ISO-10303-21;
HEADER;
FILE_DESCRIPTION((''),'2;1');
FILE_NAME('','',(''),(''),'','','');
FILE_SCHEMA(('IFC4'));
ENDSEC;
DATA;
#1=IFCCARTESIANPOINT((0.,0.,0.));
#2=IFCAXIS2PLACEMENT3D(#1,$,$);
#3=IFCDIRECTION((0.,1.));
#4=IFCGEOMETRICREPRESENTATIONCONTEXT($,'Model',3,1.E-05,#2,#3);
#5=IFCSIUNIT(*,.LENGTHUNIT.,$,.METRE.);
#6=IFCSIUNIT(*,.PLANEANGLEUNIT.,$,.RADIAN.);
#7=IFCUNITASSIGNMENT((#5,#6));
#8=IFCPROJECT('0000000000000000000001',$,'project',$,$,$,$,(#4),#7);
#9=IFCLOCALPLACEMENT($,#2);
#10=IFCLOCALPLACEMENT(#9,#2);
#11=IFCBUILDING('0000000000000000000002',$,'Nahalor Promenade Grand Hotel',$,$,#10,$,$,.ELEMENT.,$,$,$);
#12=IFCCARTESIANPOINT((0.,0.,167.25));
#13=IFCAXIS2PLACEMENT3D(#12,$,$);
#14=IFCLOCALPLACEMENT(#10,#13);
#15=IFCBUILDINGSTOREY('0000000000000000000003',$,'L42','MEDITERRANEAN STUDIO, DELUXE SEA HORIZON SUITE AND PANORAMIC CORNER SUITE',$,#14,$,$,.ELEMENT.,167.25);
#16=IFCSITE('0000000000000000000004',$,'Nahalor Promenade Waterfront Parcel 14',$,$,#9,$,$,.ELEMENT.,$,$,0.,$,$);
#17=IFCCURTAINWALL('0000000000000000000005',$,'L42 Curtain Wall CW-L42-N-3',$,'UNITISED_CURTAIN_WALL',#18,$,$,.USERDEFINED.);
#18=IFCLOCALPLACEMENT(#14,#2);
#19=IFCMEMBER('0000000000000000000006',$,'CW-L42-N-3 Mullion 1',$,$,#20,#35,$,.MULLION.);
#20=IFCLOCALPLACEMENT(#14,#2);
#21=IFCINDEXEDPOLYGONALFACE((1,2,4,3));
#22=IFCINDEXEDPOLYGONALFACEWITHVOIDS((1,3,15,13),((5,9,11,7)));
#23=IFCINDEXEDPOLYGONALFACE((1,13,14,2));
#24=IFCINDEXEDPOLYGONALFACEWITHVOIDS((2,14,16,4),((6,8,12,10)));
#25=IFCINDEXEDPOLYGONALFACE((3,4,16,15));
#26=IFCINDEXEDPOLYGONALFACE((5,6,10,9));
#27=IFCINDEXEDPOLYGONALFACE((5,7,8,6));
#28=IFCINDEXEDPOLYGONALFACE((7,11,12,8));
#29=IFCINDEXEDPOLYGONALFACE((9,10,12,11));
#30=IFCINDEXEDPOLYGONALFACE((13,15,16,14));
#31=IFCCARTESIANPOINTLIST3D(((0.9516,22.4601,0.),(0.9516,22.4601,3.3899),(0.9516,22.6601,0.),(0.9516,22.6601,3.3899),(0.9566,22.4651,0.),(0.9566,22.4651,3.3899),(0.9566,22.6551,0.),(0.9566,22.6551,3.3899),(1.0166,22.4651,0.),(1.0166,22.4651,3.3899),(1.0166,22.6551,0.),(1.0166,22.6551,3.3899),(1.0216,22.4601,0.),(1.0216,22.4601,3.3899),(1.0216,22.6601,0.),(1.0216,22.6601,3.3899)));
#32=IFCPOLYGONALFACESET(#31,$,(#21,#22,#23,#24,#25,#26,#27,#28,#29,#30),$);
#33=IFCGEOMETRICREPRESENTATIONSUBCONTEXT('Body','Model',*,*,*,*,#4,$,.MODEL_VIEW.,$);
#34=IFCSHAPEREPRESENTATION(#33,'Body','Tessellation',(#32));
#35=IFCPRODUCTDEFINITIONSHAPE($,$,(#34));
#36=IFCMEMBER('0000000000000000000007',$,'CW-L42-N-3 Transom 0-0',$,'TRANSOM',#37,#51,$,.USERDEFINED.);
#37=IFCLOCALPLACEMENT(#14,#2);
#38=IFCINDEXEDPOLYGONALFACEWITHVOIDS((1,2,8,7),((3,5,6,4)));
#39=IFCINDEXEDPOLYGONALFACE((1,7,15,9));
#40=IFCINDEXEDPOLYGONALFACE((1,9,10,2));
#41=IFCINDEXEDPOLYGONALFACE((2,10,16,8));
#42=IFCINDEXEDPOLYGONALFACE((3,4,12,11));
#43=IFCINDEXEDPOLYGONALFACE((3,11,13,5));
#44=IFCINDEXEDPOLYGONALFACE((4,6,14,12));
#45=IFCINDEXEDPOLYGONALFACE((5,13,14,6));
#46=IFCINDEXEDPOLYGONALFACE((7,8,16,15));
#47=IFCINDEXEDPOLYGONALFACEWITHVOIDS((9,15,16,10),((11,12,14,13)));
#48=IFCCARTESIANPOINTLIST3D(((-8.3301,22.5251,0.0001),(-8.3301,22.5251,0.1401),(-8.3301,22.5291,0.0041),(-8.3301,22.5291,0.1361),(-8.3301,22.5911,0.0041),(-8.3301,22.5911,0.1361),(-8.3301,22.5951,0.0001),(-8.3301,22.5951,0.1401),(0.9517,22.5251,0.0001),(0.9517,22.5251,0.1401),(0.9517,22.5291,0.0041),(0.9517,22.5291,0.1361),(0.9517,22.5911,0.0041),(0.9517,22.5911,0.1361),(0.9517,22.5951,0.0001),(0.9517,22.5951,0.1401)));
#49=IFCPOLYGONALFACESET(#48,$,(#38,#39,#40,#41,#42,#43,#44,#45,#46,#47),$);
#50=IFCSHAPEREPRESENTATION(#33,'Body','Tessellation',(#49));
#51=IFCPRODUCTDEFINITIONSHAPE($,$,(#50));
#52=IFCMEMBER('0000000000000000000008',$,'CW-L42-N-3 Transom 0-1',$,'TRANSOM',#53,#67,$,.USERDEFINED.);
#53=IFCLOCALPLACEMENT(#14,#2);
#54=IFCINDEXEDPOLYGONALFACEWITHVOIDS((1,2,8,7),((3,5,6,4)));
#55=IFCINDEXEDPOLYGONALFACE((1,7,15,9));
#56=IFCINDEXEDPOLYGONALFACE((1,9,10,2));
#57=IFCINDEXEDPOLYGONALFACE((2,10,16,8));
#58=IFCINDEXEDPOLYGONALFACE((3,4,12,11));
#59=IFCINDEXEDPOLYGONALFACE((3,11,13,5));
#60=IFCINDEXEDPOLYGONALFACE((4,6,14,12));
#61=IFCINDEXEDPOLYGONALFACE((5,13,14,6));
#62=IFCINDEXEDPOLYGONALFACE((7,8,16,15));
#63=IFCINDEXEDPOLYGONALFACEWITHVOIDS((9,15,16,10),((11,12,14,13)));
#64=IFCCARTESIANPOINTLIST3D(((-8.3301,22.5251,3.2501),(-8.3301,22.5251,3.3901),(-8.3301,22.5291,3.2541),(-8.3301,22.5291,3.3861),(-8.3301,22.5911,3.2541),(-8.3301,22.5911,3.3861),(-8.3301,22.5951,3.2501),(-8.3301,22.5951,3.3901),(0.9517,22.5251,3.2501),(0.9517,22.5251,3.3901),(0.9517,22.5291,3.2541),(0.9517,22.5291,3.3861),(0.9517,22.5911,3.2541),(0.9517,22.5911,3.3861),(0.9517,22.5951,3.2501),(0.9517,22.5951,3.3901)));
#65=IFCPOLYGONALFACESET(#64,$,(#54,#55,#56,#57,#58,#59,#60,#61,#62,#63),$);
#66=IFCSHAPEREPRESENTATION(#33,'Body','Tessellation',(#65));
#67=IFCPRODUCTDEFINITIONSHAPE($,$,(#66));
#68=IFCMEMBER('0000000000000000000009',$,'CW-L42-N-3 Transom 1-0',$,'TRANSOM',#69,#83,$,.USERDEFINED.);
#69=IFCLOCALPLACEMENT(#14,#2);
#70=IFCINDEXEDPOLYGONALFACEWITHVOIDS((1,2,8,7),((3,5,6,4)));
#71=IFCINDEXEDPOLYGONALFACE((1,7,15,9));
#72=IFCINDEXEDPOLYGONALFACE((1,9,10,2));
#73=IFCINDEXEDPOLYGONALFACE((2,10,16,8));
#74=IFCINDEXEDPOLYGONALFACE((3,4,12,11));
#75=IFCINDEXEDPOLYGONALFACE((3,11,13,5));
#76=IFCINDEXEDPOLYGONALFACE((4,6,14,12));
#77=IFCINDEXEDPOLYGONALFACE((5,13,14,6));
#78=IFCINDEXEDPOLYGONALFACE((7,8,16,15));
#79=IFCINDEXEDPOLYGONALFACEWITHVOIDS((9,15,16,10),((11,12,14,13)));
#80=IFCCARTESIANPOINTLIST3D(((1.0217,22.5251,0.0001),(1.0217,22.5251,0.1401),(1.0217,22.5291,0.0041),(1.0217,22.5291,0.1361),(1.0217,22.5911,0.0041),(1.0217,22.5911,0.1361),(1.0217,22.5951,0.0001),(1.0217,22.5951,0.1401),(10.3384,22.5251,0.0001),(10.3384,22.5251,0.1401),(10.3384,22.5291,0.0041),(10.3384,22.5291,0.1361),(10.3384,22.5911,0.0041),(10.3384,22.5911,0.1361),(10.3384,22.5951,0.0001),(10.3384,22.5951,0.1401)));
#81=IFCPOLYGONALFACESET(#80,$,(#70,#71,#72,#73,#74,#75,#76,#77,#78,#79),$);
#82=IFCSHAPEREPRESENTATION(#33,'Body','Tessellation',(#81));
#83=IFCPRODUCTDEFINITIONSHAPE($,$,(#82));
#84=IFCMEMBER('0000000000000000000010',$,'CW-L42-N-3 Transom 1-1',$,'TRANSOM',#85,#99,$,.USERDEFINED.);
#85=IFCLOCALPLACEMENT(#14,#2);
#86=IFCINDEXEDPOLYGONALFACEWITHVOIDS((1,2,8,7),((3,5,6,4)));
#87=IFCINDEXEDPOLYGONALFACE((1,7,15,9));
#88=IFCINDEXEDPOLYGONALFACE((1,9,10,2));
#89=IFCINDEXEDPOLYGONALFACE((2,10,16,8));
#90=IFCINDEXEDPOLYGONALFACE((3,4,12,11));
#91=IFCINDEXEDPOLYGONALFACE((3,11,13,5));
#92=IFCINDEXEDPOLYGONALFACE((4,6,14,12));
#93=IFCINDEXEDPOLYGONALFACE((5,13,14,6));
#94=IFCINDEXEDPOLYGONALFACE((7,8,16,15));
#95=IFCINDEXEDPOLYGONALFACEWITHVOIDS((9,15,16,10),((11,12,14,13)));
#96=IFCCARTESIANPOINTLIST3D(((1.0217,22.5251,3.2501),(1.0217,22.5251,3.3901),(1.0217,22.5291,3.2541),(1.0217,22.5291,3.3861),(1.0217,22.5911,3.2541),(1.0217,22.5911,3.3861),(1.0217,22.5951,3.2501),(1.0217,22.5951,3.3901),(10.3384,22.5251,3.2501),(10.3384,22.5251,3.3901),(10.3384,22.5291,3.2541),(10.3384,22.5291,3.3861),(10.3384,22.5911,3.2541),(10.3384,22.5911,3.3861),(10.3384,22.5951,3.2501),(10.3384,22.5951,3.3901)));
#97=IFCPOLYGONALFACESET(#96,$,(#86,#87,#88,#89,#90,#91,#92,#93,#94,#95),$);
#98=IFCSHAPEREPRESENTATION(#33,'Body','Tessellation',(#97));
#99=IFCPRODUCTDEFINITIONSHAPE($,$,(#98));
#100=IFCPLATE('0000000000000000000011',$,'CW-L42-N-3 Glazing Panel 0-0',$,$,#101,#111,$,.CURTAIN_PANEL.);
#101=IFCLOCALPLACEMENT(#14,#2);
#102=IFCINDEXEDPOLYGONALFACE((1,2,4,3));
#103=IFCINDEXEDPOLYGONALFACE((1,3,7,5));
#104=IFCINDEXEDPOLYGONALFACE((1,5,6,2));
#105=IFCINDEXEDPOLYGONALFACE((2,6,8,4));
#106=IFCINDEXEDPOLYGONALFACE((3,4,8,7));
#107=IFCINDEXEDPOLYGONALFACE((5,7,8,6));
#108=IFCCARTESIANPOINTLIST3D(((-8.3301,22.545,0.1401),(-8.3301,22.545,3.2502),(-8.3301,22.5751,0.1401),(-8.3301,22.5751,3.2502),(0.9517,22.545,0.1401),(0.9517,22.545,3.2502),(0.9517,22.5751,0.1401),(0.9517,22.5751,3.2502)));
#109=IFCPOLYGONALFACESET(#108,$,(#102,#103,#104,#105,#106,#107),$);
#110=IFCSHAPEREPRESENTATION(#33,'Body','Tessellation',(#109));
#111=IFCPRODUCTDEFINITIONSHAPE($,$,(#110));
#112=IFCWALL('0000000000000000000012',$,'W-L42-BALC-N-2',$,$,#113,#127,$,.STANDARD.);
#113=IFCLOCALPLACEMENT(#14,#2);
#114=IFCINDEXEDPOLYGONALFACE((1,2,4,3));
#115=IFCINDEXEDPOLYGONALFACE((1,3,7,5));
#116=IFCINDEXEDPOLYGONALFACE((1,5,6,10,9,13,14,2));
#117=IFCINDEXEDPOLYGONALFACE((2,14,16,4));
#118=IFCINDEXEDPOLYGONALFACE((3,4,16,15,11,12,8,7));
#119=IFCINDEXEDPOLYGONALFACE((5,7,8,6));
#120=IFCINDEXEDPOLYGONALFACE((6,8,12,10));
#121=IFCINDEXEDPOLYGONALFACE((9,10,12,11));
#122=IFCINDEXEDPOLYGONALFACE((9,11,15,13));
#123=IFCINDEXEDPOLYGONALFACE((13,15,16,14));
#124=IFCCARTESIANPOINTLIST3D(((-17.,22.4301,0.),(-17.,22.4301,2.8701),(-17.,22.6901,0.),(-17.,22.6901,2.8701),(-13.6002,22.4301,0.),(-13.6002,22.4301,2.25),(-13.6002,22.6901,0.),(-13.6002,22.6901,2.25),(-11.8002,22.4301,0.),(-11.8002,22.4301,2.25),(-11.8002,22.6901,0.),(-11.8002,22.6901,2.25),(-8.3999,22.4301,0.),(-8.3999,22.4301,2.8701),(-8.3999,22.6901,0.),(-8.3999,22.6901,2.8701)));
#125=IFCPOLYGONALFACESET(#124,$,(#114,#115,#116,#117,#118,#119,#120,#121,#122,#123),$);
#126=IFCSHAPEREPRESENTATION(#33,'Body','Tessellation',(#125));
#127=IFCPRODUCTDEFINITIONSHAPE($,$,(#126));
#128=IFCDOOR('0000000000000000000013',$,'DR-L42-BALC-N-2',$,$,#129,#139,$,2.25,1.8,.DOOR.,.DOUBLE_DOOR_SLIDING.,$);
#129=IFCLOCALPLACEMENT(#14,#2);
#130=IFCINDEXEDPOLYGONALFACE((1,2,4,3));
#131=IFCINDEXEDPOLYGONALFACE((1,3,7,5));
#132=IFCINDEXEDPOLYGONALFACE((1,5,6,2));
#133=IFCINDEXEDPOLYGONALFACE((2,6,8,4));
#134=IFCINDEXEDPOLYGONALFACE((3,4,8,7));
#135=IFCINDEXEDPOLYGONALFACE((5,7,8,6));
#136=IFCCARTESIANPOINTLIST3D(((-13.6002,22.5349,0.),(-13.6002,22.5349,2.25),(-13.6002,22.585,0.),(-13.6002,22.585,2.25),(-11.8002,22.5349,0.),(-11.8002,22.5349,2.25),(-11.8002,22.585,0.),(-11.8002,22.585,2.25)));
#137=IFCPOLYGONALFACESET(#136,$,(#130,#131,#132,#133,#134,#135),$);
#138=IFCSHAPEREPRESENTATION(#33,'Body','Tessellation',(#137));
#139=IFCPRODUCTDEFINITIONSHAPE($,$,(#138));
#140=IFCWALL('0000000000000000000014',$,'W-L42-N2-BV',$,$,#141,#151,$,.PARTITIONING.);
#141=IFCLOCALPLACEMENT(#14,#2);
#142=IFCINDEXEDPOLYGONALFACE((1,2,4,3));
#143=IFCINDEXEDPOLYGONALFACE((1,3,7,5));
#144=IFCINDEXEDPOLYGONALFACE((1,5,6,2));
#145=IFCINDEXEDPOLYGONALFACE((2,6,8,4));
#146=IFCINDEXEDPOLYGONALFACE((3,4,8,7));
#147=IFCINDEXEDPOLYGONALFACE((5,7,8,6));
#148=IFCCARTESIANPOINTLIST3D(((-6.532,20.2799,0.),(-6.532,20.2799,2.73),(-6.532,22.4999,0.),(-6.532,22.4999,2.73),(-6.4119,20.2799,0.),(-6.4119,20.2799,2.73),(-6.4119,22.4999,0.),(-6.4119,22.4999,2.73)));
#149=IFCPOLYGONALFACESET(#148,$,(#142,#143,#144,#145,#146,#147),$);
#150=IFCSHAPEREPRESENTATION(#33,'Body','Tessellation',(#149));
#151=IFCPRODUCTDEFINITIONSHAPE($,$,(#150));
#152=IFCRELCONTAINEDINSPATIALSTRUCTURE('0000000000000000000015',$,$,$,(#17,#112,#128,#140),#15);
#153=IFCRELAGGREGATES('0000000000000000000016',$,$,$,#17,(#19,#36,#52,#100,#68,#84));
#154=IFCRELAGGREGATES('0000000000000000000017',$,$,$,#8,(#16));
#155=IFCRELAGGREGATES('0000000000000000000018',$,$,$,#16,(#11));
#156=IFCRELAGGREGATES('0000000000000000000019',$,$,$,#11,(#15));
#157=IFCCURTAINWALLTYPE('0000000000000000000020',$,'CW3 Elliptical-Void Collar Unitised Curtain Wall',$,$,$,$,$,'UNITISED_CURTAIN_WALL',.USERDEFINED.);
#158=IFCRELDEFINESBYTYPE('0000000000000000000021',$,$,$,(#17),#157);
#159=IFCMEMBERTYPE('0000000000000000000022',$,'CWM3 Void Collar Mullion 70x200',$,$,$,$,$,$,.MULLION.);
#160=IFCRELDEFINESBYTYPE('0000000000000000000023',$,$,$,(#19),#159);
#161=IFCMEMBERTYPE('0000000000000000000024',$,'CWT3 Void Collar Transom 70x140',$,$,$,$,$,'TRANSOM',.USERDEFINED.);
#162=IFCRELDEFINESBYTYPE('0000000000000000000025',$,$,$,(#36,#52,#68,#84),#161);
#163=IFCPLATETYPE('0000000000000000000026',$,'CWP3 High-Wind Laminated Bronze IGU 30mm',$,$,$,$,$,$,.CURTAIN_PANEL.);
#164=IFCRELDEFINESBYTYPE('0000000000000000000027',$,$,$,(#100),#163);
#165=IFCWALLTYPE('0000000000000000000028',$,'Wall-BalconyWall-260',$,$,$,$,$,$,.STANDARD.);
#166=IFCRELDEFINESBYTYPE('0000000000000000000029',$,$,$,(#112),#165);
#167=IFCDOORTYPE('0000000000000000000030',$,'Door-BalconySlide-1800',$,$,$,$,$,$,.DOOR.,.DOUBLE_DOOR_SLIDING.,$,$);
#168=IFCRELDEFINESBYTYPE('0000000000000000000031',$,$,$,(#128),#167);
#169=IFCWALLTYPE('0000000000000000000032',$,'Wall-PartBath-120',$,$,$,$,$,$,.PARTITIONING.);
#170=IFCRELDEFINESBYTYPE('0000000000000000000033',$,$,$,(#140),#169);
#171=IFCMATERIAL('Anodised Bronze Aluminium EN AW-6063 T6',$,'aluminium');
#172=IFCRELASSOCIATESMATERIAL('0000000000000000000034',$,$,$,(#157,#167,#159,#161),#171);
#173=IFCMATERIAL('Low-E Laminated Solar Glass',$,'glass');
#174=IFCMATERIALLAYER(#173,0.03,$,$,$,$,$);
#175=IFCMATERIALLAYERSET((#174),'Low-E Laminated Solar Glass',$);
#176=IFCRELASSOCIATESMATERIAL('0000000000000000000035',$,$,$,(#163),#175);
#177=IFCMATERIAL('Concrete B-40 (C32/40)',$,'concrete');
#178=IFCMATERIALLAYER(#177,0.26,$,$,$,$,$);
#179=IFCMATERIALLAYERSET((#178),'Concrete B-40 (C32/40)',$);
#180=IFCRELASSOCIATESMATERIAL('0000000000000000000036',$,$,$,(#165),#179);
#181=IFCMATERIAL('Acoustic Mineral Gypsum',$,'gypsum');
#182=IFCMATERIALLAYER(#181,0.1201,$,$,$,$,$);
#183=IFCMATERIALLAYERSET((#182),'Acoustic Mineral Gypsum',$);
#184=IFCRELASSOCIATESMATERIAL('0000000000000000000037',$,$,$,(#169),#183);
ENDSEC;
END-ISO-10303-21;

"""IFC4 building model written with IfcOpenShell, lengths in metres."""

from ifc_helpers import new_model, si_unit, direction, frame, frame_2d, origin, origin_2d, place, context, subcontext, project, spatial, rectangle, hollow_rectangle, extrude, source, transform, mapped, material, layer, layer_set, material_profile, profile_set, type_object, element, fill, aggregate, save


model = new_model("IFC4")

# Units and contexts
model_context = context("Model", 3, precision=1e-05, world=origin(), true_north=direction((0.0, 1.0)))
body_context = subcontext(model_context, "Body", "Model", "MODEL_VIEW")
ifc_project = project(units=[si_unit("LENGTHUNIT", "METRE"), si_unit("PLANEANGLEUNIT", "RADIAN")], contexts=[model_context])

# Site, building, storey
site_placement = place(None, origin())
site = spatial("IfcSite", under=ifc_project, at=site_placement, Name="Nahalor Promenade Waterfront Parcel 14", CompositionType="ELEMENT", RefElevation=0.0)
building_placement = place(site_placement, origin())
building = spatial("IfcBuilding", under=site, at=building_placement, Name="Nahalor Promenade Grand Hotel", CompositionType="ELEMENT")
storey_placement = place(building_placement, frame((0.0, 0.0, 167.25)))
storey = spatial("IfcBuildingStorey", under=building, at=storey_placement, Name="L42", Description="MEDITERRANEAN STUDIO, DELUXE SEA HORIZON SUITE AND PANORAMIC CORNER SUITE", CompositionType="ELEMENT", Elevation=167.25)

# Curtain wall, members, plate
ifc_material_1 = material(Name="Anodised Bronze Aluminium EN AW-6063 T6", Category="aluminium")
curtain_wall_type = type_object("IfcCurtainWallType", Name="CW3 Elliptical-Void Collar Unitised Curtain Wall", ElementType="UNITISED_CURTAIN_WALL", PredefinedType="USERDEFINED", material=ifc_material_1)
curtain_wall_placement = place(storey_placement, origin())
curtain_wall = element("IfcCurtainWall", 1, at=curtain_wall_placement, inside=storey, type_object=curtain_wall_type, Name="L42 Curtain Wall CW-L42-N-3", ObjectType="UNITISED_CURTAIN_WALL", PredefinedType="USERDEFINED")
ifc_material_profile_1 = material_profile(ifc_material_1, hollow_rectangle(XDim=0.07, YDim=0.2, WallThickness=0.005, at=origin_2d()), Name="CWM 70x200x5")
ifc_profile_set_1 = profile_set([ifc_material_profile_1], Name="Anodised Bronze Aluminium EN AW-6063 T6")
member_type_1 = type_object("IfcMemberType", Name="CWM3 Void Collar Mullion 70x200", PredefinedType="MULLION", material=ifc_profile_set_1)
shared_shape_1 = source(origin(), body_context, "Body", "SweptSolid", [
    extrude(hollow_rectangle(XDim=0.07, YDim=0.2, WallThickness=0.005, at=origin_2d()), origin(), (0.0, 0.0, 1.0), 3.3899),
])
member_1_placement = place(storey_placement, frame((0.9866, 22.5601, 0.0), z_axis=(0.0, 0.0, 1.0), x_axis=(1.0, 0.0, 0.0)))
member_1 = element("IfcMember", 2, at=member_1_placement, type_object=member_type_1, Name="CW-L42-N-3 Mullion 1", PredefinedType="MULLION", context=body_context, shape_type="MappedRepresentation", body=[
    mapped(shared_shape_1, transform((0.0, 0.0, 0.0), scale=1.0)),
])
ifc_material_profile_2 = material_profile(ifc_material_1, hollow_rectangle(XDim=0.07, YDim=0.14, WallThickness=0.004, at=origin_2d()), Name="CWT 70x140x4")
ifc_profile_set_2 = profile_set([ifc_material_profile_2], Name="Anodised Bronze Aluminium EN AW-6063 T6")
member_type_2 = type_object("IfcMemberType", Name="CWT3 Void Collar Transom 70x140", ElementType="TRANSOM", PredefinedType="USERDEFINED", material=ifc_profile_set_2)
shared_shape_2 = source(origin(), body_context, "Body", "SweptSolid", [
    extrude(hollow_rectangle(XDim=0.07, YDim=0.14, WallThickness=0.004, at=origin_2d()), origin(), (0.0, 0.0, 1.0), 9.2817),
])
member_2_placement = place(storey_placement, frame((-8.3301, 22.5601, 0.0701), z_axis=(1.0, 0.0, 0.0), x_axis=(0.0, 1.0, 0.0)))
member_2 = element("IfcMember", 3, at=member_2_placement, type_object=member_type_2, Name="CW-L42-N-3 Transom 0-0", ObjectType="TRANSOM", PredefinedType="USERDEFINED", context=body_context, shape_type="MappedRepresentation", body=[
    mapped(shared_shape_2, transform((0.0, 0.0, 0.0), scale=1.0)),
])
member_3_placement = place(storey_placement, frame((-8.3301, 22.5601, 3.3201), z_axis=(1.0, 0.0, 0.0), x_axis=(0.0, 1.0, 0.0)))
member_3 = element("IfcMember", 4, at=member_3_placement, type_object=member_type_2, Name="CW-L42-N-3 Transom 0-1", ObjectType="TRANSOM", PredefinedType="USERDEFINED", context=body_context, shape_type="MappedRepresentation", body=[
    mapped(shared_shape_2, transform((0.0, 0.0, 0.0), scale=1.0)),
])
shared_shape_3 = source(origin(), body_context, "Body", "SweptSolid", [
    extrude(hollow_rectangle(XDim=0.07, YDim=0.14, WallThickness=0.004, at=origin_2d()), origin(), (0.0, 0.0, 1.0), 9.3167),
])
member_4_placement = place(storey_placement, frame((1.0217, 22.5601, 0.0701), z_axis=(1.0, 0.0, 0.0), x_axis=(0.0, 1.0, 0.0)))
member_4 = element("IfcMember", 5, at=member_4_placement, type_object=member_type_2, Name="CW-L42-N-3 Transom 1-0", ObjectType="TRANSOM", PredefinedType="USERDEFINED", context=body_context, shape_type="MappedRepresentation", body=[
    mapped(shared_shape_3, transform((0.0, 0.0, 0.0), scale=1.0)),
])
member_5_placement = place(storey_placement, frame((1.0217, 22.5601, 3.3201), z_axis=(1.0, 0.0, 0.0), x_axis=(0.0, 1.0, 0.0)))
member_5 = element("IfcMember", 6, at=member_5_placement, type_object=member_type_2, Name="CW-L42-N-3 Transom 1-1", ObjectType="TRANSOM", PredefinedType="USERDEFINED", context=body_context, shape_type="MappedRepresentation", body=[
    mapped(shared_shape_3, transform((0.0, 0.0, 0.0), scale=1.0)),
])
ifc_material_2 = material(Name="Low-E Laminated Solar Glass", Category="glass")
ifc_layer_1 = layer(ifc_material_2, 0.03)
ifc_layer_set_1 = layer_set([ifc_layer_1], Name="Low-E Laminated Solar Glass")
plate_type = type_object("IfcPlateType", Name="CWP3 High-Wind Laminated Bronze IGU 30mm", PredefinedType="CURTAIN_PANEL", material=ifc_layer_set_1)
shared_shape_4 = source(origin(), body_context, "Body", "SweptSolid", [
    extrude(rectangle(XDim=9.2817, YDim=0.03, at=origin_2d()), origin(), (0.0, 0.0, 1.0), 3.1101),
])
plate_placement = place(storey_placement, frame((-3.6892, 22.5601, 0.1401), z_axis=(0.0, 0.0, 1.0), x_axis=(1.0, 0.0, 0.0)))
plate = element("IfcPlate", 7, at=plate_placement, type_object=plate_type, Name="CW-L42-N-3 Glazing Panel 0-0", PredefinedType="CURTAIN_PANEL", context=body_context, shape_type="MappedRepresentation", body=[
    mapped(shared_shape_4, transform((0.0, 0.0, 0.0), scale=1.0)),
])
aggregate(curtain_wall, [member_1, member_2, member_3, plate, member_4, member_5])

# Wall, opening, door
ifc_material_3 = material(Name="Concrete B-40 (C32/40)", Category="concrete")
ifc_layer_2 = layer(ifc_material_3, 0.26)
ifc_layer_set_2 = layer_set([ifc_layer_2], Name="Concrete B-40 (C32/40)")
wall_type_1 = type_object("IfcWallType", Name="Wall-BalconyWall-260", PredefinedType="STANDARD", material=ifc_layer_set_2)
shared_shape_5 = source(origin(), body_context, "Body", "SweptSolid", [
    extrude(rectangle(XDim=8.6001, YDim=0.26, at=frame_2d((4.3, 0.0))), origin(), (0.0, 0.0, 1.0), 2.8701),
])
wall_1_placement = place(storey_placement, frame((-17.0, 22.5601, 0.0), z_axis=(0.0, 0.0, 1.0), x_axis=(1.0, 0.0, 0.0)))
wall_1 = element("IfcWall", 8, at=wall_1_placement, inside=storey, type_object=wall_type_1, Name="W-L42-BALC-N-2", PredefinedType="STANDARD", context=body_context, shape_type="MappedRepresentation", body=[
    mapped(shared_shape_5, transform((0.0, 0.0, 0.0), scale=1.0)),
])
opening_1_placement = place(wall_1_placement, frame((3.3999, 0.0, 0.0)))
opening_1 = element("IfcOpeningElement", 9, at=opening_1_placement, cuts=wall_1, PredefinedType="OPENING", context=body_context, shape_type="SweptSolid", body=[
    extrude(rectangle(XDim=1.8, YDim=2.25, at=frame_2d((0.8999, 1.125))), frame((0.0, 0.1399, 0.0), z_axis=(0.0, -1.0, 0.0), x_axis=(1.0, 0.0, 0.0)), (0.0, 0.0, 1.0), 0.28),
])
door_type_1 = type_object("IfcDoorType", Name="Door-BalconySlide-1800", OperationType="DOUBLE_DOOR_SLIDING", PredefinedType="DOOR", material=ifc_material_1)
shared_shape_6 = source(origin(), body_context, "Body", "SweptSolid", [
    extrude(rectangle(XDim=1.8, YDim=2.25, at=frame_2d((0.8999, 1.125))), frame((0.0, 0.0249, 0.0), z_axis=(0.0, -1.0, 0.0), x_axis=(1.0, 0.0, 0.0)), (0.0, 0.0, 1.0), 0.05),
])
door_1_placement = place(opening_1_placement, origin())
door_1 = element("IfcDoor", 10, at=door_1_placement, inside=storey, type_object=door_type_1, Name="DR-L42-BALC-N-2", OperationType="DOUBLE_DOOR_SLIDING", OverallHeight=2.25, OverallWidth=1.8, PredefinedType="DOOR", context=body_context, shape_type="MappedRepresentation", body=[
    mapped(shared_shape_6, transform((0.0, 0.0, 0.0), scale=1.0)),
])
fill(opening_1, door_1)

# Wall
ifc_material_4 = material(Name="Acoustic Mineral Gypsum", Category="gypsum")
ifc_layer_3 = layer(ifc_material_4, 0.1201)
ifc_layer_set_3 = layer_set([ifc_layer_3], Name="Acoustic Mineral Gypsum")
wall_type_2 = type_object("IfcWallType", Name="Wall-PartBath-120", PredefinedType="PARTITIONING", material=ifc_layer_set_3)
shared_shape_7 = source(origin(), body_context, "Body", "SweptSolid", [
    extrude(rectangle(XDim=2.22, YDim=0.1201, at=frame_2d((1.1099, 0.0))), origin(), (0.0, 0.0, 1.0), 2.73),
])
wall_2_placement = place(storey_placement, frame((-6.4719, 20.28, 0.0), z_axis=(0.0, 0.0, 1.0), x_axis=(0.0, 1.0, 0.0)))
element("IfcWall", 11, at=wall_2_placement, inside=storey, type_object=wall_type_2, Name="W-L42-N2-BV", PredefinedType="PARTITIONING", context=body_context, shape_type="MappedRepresentation", body=[
    mapped(shared_shape_7, transform((0.0, 0.0, 0.0), scale=1.0)),
])

save(model, "model.ifc")
